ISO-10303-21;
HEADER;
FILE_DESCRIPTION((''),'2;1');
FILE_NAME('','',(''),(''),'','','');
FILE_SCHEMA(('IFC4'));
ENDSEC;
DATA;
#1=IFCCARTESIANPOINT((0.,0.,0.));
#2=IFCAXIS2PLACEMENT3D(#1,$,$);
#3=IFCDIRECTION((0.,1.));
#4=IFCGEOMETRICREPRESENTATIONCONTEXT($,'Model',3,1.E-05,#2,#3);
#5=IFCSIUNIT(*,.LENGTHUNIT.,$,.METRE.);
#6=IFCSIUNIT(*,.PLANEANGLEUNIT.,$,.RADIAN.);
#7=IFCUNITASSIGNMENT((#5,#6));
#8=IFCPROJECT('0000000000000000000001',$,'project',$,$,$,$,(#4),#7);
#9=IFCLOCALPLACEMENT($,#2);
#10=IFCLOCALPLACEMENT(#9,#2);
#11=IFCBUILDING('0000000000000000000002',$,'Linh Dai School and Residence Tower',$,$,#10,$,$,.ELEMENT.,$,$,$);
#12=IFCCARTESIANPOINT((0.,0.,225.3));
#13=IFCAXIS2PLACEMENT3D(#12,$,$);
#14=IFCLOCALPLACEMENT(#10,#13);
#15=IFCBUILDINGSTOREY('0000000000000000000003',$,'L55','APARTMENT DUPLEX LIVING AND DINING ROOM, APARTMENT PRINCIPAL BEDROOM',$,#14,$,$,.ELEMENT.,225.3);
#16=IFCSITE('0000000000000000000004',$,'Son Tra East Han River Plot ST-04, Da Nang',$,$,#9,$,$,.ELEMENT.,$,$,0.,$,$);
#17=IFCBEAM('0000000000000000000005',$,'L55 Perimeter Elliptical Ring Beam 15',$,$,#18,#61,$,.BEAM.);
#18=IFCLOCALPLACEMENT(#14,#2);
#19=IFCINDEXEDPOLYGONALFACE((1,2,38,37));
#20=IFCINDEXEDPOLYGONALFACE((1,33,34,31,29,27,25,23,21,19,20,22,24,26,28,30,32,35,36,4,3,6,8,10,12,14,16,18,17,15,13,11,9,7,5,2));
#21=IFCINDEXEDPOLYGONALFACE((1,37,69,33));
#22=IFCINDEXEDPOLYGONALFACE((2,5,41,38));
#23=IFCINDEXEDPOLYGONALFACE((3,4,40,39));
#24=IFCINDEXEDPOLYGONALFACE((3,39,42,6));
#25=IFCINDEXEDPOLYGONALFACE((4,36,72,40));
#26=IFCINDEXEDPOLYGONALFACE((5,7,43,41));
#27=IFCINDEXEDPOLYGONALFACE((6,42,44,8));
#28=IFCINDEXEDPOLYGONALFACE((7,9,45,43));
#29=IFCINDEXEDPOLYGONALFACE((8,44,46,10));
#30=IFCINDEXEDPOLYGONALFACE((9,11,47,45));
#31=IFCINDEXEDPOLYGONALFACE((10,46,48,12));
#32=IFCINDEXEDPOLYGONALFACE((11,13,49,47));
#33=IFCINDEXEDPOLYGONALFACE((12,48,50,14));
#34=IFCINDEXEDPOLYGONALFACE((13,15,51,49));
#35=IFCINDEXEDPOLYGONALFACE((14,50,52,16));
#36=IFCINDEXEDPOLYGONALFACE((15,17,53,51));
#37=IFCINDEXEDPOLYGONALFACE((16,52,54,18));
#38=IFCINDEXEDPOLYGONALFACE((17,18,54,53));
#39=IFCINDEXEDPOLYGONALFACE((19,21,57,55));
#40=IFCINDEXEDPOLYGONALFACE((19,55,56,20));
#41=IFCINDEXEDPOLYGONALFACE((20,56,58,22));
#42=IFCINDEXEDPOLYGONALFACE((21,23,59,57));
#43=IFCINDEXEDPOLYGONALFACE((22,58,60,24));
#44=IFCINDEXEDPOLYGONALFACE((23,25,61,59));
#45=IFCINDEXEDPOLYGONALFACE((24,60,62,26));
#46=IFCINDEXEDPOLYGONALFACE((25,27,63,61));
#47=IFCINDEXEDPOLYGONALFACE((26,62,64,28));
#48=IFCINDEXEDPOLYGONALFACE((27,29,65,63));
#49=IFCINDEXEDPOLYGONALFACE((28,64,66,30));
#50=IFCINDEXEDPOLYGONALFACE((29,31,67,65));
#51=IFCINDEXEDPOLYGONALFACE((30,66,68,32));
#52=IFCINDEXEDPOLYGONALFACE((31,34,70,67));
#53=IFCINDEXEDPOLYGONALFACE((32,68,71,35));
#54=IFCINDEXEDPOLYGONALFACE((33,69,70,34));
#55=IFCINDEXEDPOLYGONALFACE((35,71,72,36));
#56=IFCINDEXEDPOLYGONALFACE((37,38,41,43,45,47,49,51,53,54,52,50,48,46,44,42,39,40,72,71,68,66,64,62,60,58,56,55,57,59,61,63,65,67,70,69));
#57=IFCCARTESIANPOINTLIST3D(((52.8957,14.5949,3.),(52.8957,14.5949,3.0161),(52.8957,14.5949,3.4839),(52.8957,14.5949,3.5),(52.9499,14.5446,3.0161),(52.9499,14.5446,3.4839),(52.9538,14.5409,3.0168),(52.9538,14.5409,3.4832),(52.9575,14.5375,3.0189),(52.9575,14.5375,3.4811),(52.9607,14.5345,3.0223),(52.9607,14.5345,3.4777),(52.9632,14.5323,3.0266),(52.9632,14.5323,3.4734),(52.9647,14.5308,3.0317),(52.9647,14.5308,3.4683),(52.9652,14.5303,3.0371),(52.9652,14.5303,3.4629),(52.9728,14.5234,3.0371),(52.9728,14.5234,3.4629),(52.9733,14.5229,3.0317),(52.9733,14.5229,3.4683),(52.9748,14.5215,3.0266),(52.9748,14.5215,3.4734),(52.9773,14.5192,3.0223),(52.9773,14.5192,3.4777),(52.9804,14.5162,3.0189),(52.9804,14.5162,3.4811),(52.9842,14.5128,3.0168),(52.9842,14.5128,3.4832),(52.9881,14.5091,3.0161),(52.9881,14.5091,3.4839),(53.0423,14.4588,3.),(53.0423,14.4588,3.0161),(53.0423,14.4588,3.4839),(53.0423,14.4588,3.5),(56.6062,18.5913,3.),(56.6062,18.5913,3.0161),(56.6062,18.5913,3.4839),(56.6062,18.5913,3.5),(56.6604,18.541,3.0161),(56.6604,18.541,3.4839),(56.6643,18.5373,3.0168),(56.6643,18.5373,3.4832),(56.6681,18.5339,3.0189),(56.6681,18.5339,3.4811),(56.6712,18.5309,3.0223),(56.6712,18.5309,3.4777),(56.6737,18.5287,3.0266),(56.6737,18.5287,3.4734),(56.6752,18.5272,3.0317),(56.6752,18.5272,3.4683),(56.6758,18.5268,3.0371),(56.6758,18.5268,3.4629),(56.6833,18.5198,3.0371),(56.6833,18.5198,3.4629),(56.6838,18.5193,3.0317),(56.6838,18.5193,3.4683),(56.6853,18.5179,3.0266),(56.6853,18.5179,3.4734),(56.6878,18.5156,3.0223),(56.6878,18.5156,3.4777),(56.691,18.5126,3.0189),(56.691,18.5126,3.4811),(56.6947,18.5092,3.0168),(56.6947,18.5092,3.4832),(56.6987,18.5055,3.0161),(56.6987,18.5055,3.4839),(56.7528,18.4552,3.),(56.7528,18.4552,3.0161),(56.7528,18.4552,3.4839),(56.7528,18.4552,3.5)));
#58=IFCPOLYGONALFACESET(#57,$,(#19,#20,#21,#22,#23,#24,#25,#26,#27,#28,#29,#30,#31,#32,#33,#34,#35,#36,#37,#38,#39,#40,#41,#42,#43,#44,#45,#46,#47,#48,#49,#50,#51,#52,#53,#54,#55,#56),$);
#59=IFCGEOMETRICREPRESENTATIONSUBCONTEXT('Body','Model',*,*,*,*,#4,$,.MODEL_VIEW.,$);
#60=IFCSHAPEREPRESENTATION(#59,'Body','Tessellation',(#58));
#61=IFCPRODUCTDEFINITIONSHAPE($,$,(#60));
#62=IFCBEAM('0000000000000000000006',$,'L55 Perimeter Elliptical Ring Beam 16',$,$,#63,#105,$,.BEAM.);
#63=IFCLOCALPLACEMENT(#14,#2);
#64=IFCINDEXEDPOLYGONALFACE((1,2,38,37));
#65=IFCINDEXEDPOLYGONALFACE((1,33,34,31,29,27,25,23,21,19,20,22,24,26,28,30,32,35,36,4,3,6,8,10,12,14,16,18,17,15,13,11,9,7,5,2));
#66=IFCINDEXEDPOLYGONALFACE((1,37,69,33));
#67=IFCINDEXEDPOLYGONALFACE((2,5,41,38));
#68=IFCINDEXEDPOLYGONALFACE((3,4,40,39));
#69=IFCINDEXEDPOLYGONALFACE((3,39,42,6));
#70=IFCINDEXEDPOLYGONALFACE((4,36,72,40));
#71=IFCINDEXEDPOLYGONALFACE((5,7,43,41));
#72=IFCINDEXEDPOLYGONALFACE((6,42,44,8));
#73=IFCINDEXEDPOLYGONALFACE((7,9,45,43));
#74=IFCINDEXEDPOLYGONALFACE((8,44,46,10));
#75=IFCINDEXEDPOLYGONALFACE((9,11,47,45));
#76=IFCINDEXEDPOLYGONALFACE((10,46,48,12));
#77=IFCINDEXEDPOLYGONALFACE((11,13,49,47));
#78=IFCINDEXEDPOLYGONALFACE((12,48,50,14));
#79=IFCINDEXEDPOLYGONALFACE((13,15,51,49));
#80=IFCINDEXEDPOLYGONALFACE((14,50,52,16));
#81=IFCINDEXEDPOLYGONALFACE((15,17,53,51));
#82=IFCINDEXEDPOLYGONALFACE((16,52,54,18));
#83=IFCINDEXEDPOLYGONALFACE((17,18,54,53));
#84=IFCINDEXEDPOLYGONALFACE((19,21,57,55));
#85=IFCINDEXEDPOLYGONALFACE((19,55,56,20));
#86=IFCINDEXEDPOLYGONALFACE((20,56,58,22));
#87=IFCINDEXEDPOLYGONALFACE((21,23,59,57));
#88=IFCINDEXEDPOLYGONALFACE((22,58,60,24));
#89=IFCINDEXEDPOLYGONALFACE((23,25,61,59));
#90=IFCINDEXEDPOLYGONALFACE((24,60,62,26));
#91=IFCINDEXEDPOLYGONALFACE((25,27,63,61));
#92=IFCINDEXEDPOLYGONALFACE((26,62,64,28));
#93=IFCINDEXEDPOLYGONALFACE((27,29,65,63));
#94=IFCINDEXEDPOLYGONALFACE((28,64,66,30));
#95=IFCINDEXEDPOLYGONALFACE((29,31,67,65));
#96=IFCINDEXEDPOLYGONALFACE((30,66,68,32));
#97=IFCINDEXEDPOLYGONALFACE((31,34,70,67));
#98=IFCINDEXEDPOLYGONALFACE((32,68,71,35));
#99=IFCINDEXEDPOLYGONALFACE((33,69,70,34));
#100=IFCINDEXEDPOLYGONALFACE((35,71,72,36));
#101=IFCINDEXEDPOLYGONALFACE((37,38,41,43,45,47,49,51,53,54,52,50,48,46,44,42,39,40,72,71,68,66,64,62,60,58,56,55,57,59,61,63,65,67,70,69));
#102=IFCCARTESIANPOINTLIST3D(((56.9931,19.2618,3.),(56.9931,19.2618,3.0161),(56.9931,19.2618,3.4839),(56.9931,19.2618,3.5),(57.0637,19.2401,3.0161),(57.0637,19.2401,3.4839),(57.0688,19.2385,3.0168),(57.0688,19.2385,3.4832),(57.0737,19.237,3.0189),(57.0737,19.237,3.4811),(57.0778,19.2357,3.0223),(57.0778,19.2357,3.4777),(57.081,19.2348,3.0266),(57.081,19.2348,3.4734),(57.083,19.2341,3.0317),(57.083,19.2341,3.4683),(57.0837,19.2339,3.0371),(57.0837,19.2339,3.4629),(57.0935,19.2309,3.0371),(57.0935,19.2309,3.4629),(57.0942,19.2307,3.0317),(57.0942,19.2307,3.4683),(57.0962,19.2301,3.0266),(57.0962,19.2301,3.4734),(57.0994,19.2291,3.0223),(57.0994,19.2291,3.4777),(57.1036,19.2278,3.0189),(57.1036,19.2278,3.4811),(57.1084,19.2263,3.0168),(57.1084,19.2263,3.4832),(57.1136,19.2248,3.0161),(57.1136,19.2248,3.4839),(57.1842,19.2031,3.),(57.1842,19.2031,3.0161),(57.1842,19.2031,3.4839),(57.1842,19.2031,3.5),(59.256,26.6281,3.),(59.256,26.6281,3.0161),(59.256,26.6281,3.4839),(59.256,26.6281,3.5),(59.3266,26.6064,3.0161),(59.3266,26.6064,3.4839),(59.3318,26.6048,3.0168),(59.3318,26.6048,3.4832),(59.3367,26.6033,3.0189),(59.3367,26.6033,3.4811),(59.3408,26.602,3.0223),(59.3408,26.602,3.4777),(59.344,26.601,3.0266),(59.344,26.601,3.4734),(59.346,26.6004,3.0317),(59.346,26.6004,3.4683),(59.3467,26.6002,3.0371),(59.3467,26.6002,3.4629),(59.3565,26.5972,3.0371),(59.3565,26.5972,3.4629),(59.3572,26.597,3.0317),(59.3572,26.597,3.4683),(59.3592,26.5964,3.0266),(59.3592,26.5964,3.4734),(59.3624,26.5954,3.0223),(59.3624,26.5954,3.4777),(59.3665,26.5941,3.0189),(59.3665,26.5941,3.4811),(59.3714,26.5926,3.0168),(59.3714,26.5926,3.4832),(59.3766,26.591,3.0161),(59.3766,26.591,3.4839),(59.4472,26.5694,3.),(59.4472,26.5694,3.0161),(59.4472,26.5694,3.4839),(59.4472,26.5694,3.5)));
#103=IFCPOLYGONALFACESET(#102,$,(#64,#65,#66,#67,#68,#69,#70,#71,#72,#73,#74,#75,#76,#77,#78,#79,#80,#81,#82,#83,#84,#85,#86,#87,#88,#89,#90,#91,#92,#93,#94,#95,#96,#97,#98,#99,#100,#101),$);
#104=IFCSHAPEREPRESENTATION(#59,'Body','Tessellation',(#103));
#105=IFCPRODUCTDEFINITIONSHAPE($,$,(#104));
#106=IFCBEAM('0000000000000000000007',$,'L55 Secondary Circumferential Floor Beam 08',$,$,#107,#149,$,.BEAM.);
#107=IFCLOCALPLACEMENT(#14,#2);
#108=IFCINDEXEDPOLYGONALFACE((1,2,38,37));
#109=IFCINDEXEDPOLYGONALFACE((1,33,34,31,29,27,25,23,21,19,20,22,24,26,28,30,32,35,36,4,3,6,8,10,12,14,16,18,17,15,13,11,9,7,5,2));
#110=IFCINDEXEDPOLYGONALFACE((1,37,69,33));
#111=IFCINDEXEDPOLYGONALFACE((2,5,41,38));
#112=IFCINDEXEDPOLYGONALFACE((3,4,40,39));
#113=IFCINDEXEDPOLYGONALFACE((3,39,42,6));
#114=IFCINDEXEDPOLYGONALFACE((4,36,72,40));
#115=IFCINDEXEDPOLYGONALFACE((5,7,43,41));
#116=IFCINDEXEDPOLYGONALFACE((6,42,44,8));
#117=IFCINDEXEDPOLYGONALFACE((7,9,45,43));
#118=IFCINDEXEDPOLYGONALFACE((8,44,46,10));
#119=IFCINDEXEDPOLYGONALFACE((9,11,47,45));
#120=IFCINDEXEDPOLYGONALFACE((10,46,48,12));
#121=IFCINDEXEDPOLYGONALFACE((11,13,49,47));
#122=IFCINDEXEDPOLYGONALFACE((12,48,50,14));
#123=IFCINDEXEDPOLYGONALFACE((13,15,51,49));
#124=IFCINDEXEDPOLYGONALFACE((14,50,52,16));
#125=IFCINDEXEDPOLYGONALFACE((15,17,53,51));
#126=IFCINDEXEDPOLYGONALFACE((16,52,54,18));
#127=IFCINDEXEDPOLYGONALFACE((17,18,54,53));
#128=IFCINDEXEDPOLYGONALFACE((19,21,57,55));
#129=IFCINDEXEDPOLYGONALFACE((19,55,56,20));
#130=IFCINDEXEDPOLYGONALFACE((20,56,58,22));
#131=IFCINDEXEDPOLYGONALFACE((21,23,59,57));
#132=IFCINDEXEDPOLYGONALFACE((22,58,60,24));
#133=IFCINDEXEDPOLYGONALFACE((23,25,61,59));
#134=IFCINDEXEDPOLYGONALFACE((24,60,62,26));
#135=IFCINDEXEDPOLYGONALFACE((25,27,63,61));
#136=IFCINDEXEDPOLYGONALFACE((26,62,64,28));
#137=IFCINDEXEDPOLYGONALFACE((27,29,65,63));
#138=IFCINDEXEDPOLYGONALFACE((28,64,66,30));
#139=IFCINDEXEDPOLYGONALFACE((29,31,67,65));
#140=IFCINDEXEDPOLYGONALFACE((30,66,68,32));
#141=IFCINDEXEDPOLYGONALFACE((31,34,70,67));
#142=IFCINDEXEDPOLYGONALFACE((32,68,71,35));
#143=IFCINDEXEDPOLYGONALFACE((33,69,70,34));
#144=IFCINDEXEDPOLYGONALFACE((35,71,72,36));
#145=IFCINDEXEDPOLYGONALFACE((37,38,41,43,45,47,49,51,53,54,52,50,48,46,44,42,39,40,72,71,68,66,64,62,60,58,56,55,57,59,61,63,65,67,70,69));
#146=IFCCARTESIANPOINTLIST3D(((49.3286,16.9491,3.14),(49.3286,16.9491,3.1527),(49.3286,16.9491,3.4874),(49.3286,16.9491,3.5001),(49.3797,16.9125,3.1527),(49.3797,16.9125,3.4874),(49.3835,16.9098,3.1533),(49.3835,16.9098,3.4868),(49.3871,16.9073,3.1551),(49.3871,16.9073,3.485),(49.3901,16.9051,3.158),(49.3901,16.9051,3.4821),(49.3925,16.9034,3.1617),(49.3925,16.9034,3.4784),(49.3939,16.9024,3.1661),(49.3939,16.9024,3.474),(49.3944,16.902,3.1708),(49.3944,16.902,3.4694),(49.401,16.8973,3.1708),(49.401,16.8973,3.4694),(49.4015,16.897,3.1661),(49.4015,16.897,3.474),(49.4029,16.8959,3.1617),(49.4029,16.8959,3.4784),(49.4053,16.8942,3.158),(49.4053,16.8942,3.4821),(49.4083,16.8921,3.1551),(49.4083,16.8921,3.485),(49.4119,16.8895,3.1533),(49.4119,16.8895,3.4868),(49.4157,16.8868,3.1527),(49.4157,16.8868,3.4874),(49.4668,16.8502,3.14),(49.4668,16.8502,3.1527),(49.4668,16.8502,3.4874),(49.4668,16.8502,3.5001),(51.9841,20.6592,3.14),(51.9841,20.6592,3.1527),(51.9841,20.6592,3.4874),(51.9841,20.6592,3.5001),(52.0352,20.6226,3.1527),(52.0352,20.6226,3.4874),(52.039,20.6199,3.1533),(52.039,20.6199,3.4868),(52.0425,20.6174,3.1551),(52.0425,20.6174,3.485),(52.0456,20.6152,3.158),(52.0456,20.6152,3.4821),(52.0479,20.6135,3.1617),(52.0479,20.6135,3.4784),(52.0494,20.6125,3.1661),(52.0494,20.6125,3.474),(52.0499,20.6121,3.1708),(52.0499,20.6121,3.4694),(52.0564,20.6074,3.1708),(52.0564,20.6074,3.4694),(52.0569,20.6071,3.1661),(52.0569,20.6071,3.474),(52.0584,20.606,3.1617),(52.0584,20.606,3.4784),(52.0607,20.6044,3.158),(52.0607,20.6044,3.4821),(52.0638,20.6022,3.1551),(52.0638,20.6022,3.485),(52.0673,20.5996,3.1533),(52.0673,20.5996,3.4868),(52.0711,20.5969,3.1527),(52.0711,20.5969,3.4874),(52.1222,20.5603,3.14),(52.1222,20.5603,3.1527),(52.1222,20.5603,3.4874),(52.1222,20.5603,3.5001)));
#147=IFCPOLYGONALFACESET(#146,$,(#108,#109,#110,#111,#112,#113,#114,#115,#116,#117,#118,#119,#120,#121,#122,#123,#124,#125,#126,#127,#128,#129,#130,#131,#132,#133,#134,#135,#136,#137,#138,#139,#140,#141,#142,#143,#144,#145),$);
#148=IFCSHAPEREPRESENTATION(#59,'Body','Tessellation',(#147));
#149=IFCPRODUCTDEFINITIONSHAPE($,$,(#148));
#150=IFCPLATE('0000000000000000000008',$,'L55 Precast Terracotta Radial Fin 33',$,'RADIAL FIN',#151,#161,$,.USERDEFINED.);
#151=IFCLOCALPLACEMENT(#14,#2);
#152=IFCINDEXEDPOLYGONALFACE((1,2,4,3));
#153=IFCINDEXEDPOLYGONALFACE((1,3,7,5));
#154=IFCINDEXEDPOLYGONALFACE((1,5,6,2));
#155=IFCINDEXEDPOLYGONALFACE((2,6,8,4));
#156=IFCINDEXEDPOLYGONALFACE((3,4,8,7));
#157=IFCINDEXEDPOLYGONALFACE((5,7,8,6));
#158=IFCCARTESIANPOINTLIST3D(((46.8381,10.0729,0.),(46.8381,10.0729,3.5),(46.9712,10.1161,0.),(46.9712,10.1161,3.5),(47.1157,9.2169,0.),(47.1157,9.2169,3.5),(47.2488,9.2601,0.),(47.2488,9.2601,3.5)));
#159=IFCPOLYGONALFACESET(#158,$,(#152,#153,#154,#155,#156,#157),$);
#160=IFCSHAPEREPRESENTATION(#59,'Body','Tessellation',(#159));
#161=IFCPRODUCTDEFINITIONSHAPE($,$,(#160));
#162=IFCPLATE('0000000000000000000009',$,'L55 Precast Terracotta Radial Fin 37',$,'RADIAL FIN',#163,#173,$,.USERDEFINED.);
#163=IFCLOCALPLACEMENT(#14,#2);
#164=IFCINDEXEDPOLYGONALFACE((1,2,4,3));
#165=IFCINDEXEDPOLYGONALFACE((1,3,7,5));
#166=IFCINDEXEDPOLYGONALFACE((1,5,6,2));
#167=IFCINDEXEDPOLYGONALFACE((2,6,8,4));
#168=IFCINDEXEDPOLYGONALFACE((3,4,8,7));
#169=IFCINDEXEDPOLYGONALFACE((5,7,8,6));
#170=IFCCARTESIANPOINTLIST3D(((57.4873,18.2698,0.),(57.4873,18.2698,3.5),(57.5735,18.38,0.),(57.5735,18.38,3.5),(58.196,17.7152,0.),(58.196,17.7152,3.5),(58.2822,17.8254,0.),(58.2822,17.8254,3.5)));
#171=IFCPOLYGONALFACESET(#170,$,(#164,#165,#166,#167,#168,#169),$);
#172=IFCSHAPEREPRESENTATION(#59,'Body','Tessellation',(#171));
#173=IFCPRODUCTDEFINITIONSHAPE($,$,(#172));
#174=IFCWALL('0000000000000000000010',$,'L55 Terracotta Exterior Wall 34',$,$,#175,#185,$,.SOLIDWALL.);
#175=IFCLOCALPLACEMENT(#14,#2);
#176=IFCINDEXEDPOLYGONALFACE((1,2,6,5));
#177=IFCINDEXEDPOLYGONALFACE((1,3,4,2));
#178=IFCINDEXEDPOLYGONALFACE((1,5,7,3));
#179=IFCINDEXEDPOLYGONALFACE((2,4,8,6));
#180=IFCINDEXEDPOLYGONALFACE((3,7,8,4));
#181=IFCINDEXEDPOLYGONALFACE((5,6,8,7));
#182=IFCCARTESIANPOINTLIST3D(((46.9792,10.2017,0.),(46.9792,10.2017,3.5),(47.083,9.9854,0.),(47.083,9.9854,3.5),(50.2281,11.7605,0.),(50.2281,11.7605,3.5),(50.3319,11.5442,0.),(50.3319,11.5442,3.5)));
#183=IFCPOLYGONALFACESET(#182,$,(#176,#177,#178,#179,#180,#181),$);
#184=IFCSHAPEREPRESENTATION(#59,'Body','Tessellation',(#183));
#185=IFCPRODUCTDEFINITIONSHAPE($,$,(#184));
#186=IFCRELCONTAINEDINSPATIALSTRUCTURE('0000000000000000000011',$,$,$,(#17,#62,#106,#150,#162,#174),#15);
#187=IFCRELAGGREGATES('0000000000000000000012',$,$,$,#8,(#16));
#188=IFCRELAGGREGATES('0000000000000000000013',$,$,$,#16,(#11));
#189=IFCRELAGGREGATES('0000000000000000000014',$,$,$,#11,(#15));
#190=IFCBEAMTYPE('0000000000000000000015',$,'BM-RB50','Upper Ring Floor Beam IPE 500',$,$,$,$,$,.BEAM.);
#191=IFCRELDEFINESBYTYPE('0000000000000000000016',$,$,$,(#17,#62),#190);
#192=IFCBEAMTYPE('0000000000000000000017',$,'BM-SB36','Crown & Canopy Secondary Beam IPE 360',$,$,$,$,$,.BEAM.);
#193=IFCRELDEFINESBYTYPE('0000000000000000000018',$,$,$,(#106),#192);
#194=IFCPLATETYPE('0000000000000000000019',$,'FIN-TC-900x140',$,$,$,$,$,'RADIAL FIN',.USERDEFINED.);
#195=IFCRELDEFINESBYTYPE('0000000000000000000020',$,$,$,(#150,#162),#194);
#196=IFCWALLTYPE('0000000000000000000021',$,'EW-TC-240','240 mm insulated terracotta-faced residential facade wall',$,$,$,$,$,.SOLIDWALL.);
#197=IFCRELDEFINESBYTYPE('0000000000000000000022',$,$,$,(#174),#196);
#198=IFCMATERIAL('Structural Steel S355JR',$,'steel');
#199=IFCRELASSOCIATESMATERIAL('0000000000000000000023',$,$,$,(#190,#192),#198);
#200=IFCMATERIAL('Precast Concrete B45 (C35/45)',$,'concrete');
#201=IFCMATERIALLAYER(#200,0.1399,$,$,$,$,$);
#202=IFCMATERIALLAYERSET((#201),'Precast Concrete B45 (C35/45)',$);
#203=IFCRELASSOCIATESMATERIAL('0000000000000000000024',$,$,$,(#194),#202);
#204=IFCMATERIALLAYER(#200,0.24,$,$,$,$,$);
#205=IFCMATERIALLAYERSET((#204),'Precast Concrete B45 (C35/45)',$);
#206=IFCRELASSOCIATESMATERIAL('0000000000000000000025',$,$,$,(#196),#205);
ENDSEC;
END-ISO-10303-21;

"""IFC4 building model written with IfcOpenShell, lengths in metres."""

from ifc_helpers import new_model, si_unit, direction, frame, frame_2d, origin, origin_2d, place, context, subcontext, project, spatial, rectangle, i_section, extrude, source, transform, mapped, material, layer, layer_set, material_profile, profile_set, type_object, element, save


model = new_model("IFC4")

# Units and contexts
model_context = context("Model", 3, precision=1e-05, world=origin(), true_north=direction((0.0, 1.0)))
body_context = subcontext(model_context, "Body", "Model", "MODEL_VIEW")
ifc_project = project(units=[si_unit("LENGTHUNIT", "METRE"), si_unit("PLANEANGLEUNIT", "RADIAN")], contexts=[model_context])

# Site, building, storey
site_placement = place(None, origin())
site = spatial("IfcSite", under=ifc_project, at=site_placement, Name="Son Tra East Han River Plot ST-04, Da Nang", CompositionType="ELEMENT", RefElevation=0.0)
building_placement = place(site_placement, origin())
building = spatial("IfcBuilding", under=site, at=building_placement, Name="Linh Dai School and Residence Tower", CompositionType="ELEMENT")
storey_placement = place(building_placement, frame((0.0, 0.0, 225.3)))
storey = spatial("IfcBuildingStorey", under=building, at=storey_placement, Name="L55", Description="APARTMENT DUPLEX LIVING AND DINING ROOM, APARTMENT PRINCIPAL BEDROOM", CompositionType="ELEMENT", Elevation=225.3)

# Shared definitions
ifc_material_1 = material(Name="Structural Steel S355JR", Category="steel")

# Beams
ifc_material_profile_1 = material_profile(ifc_material_1, i_section(OverallWidth=0.2, OverallDepth=0.5, WebThickness=0.0103, FlangeThickness=0.0161, FilletRadius=0.021, at=origin_2d()), Name="IPE 500")
ifc_profile_set_1 = profile_set([ifc_material_profile_1], Name="Structural Steel S355JR")
beam_type_1 = type_object("IfcBeamType", Name="BM-RB50", Description="Upper Ring Floor Beam IPE 500", PredefinedType="BEAM", material=ifc_profile_set_1)
beam_1_placement = place(storey_placement, frame((52.969, 14.5269, 3.25), z_axis=(0.680408, 0.732833, 0.0), x_axis=(-0.732833, 0.680408, 0.0)))
element("IfcBeam", 1, at=beam_1_placement, inside=storey, type_object=beam_type_1, Name="L55 Perimeter Elliptical Ring Beam 15", PredefinedType="BEAM", context=body_context, shape_type="SweptSolid", body=[
    extrude(i_section(OverallWidth=0.2, OverallDepth=0.5, WebThickness=0.0103, FlangeThickness=0.0161, FilletRadius=0.021, at=origin_2d()), origin(), (0.0, 0.0, 1.0), 5.4534),
])
beam_2_placement = place(storey_placement, frame((57.0886, 19.2324, 3.25), z_axis=(0.293661, 0.95591, 0.0), x_axis=(-0.95591, 0.293661, 0.0)))
element("IfcBeam", 2, at=beam_2_placement, inside=storey, type_object=beam_type_1, Name="L55 Perimeter Elliptical Ring Beam 16", PredefinedType="BEAM", context=body_context, shape_type="SweptSolid", body=[
    extrude(i_section(OverallWidth=0.2, OverallDepth=0.5, WebThickness=0.0103, FlangeThickness=0.0161, FilletRadius=0.021, at=origin_2d()), origin(), (0.0, 0.0, 1.0), 7.7061),
])
ifc_material_profile_2 = material_profile(ifc_material_1, i_section(OverallWidth=0.1699, OverallDepth=0.3601, WebThickness=0.0081, FlangeThickness=0.0127, FilletRadius=0.0181, at=origin_2d()), Name="IPE 360")
ifc_profile_set_2 = profile_set([ifc_material_profile_2], Name="Structural Steel S355JR")
beam_type_2 = type_object("IfcBeamType", Name="BM-SB36", Description="Crown & Canopy Secondary Beam IPE 360", PredefinedType="BEAM", material=ifc_profile_set_2)
beam_3_placement = place(storey_placement, frame((49.3977, 16.8997, 3.3201), z_axis=(0.582017, 0.813176, 0.0), x_axis=(-0.813176, 0.582017, 0.0)))
element("IfcBeam", 3, at=beam_3_placement, inside=storey, type_object=beam_type_2, Name="L55 Secondary Circumferential Floor Beam 08", PredefinedType="BEAM", context=body_context, shape_type="SweptSolid", body=[
    extrude(i_section(OverallWidth=0.1699, OverallDepth=0.3601, WebThickness=0.0081, FlangeThickness=0.0127, FilletRadius=0.0181, at=origin_2d()), origin(), (0.0, 0.0, 1.0), 4.5625),
])

# Plates
ifc_material_2 = material(Name="Precast Concrete B45 (C35/45)", Category="concrete")
ifc_layer_1 = layer(ifc_material_2, 0.1399)
ifc_layer_set_1 = layer_set([ifc_layer_1], Name="Precast Concrete B45 (C35/45)")
plate_type = type_object("IfcPlateType", Name="FIN-TC-900x140", ElementType="RADIAL FIN", PredefinedType="USERDEFINED", material=ifc_layer_set_1)
shared_shape_1 = source(origin(), body_context, "Body", "SweptSolid", [
    extrude(rectangle(XDim=0.8999, YDim=0.1399, at=origin_2d()), origin(), (0.0, 0.0, 1.0), 3.5),
])
for number, where, z_axis, x_axis, name in (
    (4, (47.0435, 9.6665, 0.0), (0.0, 0.0, 1.0), (0.308501, -0.951224, 0.0), "L55 Precast Terracotta Radial Fin 33"),
    (5, (57.8848, 18.0476, 0.0), (0.0, 0.0, 1.0), (0.787485, -0.616334, 0.0), "L55 Precast Terracotta Radial Fin 37"),
):
    element("IfcPlate", number, at=place(storey_placement, frame(where, z_axis=z_axis, x_axis=x_axis)), inside=storey, type_object=plate_type, Name=name, ObjectType="RADIAL FIN", PredefinedType="USERDEFINED", context=body_context, shape_type="MappedRepresentation", body=[
        mapped(shared_shape_1, transform((0.0, 0.0, 0.0), x_axis=(1.0, 0.0, 0.0), y_axis=(0.0, 1.0, 0.0), z_axis=(0.0, 0.0, 1.0), scale=1.0)),
    ])

# Shared definitions
ifc_layer_2 = layer(ifc_material_2, 0.24)
ifc_layer_set_2 = layer_set([ifc_layer_2], Name="Precast Concrete B45 (C35/45)")
wall_type_1 = type_object("IfcWallType", Name="EW-TC-240", Description="240 mm insulated terracotta-faced residential facade wall", PredefinedType="SOLIDWALL", material=ifc_layer_set_2)

# Wall
wall_1_placement = place(storey_placement, frame((50.28, 11.6523, 0.0), z_axis=(0.0, 0.0, 1.0), x_axis=(-0.901598, -0.432575, 0.0)))
element("IfcWall", 6, at=wall_1_placement, inside=storey, type_object=wall_type_1, Name="L55 Terracotta Exterior Wall 34", PredefinedType="SOLIDWALL", context=body_context, shape_type="SweptSolid", body=[
    extrude(rectangle(XDim=3.6035, YDim=0.24, at=frame_2d((1.8018, 0.0))), origin(), (0.0, 0.0, 1.0), 3.5),
])

save(model, "model.ifc")
